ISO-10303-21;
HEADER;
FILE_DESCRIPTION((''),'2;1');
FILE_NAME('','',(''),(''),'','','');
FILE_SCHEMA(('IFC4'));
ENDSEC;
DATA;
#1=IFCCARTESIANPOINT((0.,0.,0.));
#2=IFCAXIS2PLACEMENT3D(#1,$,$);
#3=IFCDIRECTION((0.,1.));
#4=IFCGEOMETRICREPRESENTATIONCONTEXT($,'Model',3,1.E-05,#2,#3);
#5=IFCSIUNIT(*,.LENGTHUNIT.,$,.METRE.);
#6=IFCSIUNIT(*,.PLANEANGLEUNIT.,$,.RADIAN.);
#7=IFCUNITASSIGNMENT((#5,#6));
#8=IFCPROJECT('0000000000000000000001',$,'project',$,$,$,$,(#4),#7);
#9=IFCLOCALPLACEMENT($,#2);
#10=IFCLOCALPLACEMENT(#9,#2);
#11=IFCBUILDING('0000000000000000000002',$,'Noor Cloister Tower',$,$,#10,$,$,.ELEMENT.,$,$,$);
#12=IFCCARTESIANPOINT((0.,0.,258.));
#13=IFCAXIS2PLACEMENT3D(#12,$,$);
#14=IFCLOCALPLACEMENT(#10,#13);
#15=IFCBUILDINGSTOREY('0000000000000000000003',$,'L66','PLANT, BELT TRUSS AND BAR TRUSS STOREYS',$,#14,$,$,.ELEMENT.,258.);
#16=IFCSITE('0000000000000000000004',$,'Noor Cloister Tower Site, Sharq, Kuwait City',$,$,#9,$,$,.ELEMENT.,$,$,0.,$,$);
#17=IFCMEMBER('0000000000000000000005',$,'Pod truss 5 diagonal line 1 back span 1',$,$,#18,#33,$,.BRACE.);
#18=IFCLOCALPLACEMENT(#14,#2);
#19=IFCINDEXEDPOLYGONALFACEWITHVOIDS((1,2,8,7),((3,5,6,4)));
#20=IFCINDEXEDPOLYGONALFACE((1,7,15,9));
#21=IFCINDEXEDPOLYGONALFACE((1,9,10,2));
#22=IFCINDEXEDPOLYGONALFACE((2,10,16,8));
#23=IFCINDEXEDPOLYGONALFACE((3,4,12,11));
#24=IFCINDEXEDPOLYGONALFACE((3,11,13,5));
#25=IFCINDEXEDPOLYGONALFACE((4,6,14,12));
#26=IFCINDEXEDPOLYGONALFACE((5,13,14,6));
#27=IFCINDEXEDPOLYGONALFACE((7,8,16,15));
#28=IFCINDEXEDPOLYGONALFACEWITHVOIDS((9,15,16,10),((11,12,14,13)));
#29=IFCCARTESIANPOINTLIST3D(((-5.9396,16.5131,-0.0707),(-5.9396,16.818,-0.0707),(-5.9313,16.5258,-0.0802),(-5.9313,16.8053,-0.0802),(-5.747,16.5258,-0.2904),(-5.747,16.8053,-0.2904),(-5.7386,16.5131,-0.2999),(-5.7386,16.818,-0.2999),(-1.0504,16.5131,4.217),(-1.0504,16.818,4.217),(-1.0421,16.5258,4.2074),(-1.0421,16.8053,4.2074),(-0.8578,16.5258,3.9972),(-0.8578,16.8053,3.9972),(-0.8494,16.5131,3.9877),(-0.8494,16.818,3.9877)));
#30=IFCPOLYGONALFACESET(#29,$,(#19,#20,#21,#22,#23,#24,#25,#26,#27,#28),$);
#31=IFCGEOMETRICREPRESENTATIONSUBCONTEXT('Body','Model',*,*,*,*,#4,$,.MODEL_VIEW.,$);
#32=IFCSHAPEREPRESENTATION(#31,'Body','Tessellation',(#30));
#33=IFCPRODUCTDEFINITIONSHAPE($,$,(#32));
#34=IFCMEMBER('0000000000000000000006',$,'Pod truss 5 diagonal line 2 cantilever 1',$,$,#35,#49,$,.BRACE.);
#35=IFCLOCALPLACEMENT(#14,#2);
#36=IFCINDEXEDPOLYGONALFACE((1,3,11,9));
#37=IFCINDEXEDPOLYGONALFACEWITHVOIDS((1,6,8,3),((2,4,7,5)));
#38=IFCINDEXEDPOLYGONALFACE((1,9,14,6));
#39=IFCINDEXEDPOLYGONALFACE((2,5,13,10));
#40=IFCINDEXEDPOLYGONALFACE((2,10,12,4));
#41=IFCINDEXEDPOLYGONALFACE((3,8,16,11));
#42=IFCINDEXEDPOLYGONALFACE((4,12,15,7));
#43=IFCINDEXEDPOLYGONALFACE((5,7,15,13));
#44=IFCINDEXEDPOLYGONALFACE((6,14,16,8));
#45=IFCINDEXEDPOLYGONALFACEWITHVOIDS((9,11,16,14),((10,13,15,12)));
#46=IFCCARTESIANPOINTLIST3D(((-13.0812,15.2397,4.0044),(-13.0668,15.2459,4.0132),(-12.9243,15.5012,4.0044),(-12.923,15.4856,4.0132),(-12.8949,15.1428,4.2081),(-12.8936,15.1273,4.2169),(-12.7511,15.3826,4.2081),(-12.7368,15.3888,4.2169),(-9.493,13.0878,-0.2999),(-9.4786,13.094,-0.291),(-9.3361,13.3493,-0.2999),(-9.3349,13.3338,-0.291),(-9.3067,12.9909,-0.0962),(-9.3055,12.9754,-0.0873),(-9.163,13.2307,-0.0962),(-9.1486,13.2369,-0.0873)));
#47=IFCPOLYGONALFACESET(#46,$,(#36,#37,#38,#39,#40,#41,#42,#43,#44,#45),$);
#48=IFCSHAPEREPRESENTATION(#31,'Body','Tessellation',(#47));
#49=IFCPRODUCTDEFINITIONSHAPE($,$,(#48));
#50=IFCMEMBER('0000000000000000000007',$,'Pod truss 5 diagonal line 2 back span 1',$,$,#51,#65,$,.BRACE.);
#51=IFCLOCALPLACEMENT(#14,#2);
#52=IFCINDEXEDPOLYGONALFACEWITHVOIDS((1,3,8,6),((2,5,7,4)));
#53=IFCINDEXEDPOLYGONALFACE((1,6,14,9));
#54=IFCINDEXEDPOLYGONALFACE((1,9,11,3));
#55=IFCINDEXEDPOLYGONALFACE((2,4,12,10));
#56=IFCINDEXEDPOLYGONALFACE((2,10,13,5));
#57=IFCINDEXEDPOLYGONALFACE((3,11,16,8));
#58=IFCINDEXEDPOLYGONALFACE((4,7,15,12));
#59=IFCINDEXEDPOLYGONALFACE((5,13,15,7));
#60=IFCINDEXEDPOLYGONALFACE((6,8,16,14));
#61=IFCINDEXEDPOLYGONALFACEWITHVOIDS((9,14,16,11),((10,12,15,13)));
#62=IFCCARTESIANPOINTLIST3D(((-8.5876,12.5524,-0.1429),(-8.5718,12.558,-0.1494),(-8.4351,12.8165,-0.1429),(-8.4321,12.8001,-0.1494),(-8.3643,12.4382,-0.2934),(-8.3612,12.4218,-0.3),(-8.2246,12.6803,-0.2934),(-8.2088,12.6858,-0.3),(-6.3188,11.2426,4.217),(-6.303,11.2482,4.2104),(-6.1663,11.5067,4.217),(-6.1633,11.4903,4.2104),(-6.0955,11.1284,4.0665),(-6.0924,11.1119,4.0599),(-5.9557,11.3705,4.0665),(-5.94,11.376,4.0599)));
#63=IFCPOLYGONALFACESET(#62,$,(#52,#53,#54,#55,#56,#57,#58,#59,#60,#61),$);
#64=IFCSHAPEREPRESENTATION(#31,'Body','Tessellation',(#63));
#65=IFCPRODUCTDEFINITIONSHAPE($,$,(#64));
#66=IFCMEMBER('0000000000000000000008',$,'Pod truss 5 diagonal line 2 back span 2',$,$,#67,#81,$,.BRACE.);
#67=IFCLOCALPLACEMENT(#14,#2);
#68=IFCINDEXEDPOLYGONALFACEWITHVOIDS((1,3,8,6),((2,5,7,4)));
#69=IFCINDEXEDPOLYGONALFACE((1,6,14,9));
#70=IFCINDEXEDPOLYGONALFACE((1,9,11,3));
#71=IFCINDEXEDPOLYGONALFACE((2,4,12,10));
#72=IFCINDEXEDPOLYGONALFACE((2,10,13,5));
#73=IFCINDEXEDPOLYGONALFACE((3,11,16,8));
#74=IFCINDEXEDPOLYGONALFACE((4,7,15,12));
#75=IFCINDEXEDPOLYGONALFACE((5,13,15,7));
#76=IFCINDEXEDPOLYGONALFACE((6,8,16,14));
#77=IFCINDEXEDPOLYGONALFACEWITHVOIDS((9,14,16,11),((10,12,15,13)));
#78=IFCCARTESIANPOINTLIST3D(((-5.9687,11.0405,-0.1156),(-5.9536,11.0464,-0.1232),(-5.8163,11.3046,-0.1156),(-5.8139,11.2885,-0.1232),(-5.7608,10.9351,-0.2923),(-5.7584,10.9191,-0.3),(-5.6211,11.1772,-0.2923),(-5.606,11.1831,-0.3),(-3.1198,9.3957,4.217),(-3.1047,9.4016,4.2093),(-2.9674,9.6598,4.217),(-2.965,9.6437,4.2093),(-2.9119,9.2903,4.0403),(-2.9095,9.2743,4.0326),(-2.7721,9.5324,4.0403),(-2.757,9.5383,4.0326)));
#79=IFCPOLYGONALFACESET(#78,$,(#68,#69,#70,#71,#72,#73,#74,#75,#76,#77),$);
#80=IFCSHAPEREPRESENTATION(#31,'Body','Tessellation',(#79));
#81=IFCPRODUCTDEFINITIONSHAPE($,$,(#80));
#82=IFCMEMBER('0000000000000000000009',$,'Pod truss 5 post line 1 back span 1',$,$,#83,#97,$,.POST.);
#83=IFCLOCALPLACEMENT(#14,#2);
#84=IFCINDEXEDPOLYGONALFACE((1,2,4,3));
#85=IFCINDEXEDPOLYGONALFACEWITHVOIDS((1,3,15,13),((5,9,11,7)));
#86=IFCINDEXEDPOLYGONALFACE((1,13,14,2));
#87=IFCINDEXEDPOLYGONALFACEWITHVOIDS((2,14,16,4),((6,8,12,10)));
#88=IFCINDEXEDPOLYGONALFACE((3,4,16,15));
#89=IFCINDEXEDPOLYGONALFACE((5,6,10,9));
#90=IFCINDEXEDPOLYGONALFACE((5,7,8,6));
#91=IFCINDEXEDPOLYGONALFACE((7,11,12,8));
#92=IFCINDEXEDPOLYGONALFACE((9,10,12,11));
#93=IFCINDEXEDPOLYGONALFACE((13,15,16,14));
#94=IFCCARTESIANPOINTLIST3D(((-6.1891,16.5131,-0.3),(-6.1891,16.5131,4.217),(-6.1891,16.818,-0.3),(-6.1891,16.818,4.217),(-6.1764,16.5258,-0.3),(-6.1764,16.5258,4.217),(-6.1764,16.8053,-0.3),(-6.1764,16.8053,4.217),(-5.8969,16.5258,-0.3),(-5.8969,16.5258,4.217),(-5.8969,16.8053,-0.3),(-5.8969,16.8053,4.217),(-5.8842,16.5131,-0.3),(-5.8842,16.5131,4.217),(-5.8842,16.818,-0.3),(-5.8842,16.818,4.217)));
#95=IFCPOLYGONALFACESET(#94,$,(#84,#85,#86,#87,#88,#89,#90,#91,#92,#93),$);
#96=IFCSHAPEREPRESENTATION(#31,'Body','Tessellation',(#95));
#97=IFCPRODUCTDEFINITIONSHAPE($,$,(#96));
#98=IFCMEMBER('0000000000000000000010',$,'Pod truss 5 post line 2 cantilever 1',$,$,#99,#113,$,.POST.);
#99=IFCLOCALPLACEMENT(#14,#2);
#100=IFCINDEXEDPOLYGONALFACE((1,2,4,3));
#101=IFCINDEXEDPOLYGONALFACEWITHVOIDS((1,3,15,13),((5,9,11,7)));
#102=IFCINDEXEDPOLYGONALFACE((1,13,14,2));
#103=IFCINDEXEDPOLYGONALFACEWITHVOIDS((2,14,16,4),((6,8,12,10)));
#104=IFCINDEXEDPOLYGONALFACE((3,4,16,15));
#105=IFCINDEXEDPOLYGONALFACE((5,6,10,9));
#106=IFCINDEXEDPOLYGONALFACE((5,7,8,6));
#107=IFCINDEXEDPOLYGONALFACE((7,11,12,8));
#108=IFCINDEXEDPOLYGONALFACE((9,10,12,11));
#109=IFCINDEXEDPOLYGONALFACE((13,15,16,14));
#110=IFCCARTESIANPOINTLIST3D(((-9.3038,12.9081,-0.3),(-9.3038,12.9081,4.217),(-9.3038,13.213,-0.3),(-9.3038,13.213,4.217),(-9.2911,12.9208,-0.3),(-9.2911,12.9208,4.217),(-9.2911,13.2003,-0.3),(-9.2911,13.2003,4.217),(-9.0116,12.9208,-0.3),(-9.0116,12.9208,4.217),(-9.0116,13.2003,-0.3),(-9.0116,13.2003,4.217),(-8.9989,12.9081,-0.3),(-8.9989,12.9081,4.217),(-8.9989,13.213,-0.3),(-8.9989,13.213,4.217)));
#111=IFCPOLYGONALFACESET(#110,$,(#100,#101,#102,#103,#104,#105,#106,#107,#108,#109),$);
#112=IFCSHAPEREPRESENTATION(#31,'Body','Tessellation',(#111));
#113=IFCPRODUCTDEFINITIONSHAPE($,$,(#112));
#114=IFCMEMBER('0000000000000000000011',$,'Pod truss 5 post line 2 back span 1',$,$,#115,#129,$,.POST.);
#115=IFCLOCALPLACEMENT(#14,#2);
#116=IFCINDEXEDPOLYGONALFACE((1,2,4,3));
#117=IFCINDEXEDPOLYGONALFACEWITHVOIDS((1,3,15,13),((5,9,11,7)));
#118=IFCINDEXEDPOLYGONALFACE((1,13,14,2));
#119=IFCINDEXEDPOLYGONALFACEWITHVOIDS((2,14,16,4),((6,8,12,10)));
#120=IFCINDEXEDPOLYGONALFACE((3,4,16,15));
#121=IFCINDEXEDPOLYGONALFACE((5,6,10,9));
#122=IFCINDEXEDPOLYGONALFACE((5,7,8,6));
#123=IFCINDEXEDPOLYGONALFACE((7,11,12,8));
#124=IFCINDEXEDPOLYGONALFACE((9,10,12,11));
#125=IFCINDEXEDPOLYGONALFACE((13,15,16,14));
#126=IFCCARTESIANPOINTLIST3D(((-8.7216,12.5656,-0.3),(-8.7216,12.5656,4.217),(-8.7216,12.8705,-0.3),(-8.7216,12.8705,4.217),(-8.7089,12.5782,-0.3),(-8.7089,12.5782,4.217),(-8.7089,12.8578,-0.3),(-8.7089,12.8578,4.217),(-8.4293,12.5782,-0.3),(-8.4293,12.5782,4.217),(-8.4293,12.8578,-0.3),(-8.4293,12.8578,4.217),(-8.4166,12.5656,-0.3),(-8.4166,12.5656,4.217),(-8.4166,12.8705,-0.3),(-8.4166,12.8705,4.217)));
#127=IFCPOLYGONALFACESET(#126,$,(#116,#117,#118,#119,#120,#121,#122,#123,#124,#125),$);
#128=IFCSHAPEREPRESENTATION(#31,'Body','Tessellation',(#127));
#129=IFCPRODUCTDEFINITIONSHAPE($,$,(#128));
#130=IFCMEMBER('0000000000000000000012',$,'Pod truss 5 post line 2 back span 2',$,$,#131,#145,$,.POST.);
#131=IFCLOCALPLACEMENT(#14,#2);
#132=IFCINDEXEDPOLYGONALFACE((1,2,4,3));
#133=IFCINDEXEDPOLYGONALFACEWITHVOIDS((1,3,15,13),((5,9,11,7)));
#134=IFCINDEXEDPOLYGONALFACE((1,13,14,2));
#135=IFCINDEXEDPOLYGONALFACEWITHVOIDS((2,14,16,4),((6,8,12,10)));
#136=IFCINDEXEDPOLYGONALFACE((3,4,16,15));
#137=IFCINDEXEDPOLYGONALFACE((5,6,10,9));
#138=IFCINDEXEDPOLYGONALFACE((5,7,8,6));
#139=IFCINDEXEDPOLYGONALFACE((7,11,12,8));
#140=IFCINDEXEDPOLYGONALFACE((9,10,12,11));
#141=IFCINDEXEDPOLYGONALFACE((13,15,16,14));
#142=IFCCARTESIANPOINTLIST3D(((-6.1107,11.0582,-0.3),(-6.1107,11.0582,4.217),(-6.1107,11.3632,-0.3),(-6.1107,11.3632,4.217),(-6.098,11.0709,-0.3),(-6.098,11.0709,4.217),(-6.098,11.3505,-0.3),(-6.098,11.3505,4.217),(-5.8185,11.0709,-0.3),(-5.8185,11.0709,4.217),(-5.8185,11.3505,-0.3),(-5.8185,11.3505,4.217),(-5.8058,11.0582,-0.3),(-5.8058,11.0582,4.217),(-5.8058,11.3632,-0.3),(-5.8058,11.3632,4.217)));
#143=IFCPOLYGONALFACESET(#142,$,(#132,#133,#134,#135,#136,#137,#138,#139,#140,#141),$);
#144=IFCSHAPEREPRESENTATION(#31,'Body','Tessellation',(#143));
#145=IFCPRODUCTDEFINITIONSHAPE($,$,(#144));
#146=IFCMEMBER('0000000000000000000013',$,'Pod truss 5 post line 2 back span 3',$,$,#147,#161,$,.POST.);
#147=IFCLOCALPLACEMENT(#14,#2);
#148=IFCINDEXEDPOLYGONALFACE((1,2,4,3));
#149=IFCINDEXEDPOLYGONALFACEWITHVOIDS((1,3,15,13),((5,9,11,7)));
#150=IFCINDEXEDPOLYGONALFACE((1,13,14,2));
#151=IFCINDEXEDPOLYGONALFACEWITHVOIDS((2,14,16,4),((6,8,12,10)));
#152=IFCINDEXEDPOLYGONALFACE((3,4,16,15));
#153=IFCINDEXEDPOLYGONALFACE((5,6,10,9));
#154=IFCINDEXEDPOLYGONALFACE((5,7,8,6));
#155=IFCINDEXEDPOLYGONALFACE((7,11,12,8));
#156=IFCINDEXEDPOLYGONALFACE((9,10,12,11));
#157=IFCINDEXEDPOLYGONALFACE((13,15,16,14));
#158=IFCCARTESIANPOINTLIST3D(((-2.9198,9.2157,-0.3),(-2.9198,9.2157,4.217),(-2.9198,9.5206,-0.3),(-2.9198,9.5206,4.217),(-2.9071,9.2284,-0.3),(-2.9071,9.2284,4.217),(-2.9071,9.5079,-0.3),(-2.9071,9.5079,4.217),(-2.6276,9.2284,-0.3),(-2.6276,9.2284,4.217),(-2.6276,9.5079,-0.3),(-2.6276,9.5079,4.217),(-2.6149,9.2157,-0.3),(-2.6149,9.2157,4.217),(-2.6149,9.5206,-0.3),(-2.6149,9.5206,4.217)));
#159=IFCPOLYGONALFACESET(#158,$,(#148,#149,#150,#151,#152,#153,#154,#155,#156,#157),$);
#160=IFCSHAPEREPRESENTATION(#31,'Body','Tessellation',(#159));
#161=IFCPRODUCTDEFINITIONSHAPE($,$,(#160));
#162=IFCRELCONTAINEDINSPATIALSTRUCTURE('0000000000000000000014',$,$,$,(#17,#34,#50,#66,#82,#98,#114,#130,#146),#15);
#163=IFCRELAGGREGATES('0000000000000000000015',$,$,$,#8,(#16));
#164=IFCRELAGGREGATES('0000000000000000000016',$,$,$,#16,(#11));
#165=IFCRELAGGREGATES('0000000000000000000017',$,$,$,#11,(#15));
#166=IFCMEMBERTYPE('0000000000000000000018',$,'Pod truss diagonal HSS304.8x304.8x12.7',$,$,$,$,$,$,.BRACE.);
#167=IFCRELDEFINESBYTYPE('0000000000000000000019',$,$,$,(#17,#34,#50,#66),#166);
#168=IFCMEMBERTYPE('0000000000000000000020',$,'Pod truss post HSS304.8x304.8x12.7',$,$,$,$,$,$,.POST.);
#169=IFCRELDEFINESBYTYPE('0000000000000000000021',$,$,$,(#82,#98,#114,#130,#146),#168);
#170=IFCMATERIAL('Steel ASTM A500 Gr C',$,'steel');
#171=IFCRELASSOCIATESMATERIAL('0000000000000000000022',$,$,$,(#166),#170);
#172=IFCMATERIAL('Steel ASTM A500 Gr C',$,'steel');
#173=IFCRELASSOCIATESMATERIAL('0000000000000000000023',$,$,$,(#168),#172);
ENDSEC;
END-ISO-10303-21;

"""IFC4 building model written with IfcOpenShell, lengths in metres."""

from ifc_helpers import new_model, si_unit, direction, frame, origin, origin_2d, place, context, subcontext, project, spatial, hollow_rectangle, extrude, material, material_profile, profile_set, type_object, element, save


model = new_model("IFC4")

# Units and contexts
model_context = context("Model", 3, precision=1e-05, world=origin(), true_north=direction((0.0, 1.0)))
body_context = subcontext(model_context, "Body", "Model", "MODEL_VIEW")
ifc_project = project(units=[si_unit("LENGTHUNIT", "METRE"), si_unit("PLANEANGLEUNIT", "RADIAN")], contexts=[model_context])

# Site, building, storey
site_placement = place(None, origin())
site = spatial("IfcSite", under=ifc_project, at=site_placement, Name="Noor Cloister Tower Site, Sharq, Kuwait City", CompositionType="ELEMENT", RefElevation=0.0)
building_placement = place(site_placement, origin())
building = spatial("IfcBuilding", under=site, at=building_placement, Name="Noor Cloister Tower", CompositionType="ELEMENT")
storey_placement = place(building_placement, frame((0.0, 0.0, 258.0)))
storey = spatial("IfcBuildingStorey", under=building, at=storey_placement, Name="L66", Description="PLANT, BELT TRUSS AND BAR TRUSS STOREYS", CompositionType="ELEMENT", Elevation=258.0)

# Members
ifc_material_1 = material(Name="Steel ASTM A500 Gr C", Category="steel")
ifc_material_profile_1 = material_profile(ifc_material_1, hollow_rectangle(XDim=0.3049, YDim=0.3049, WallThickness=0.0127, at=origin_2d()), Name="HSS304.8x304.8x12.7")
ifc_profile_set_1 = profile_set([ifc_material_profile_1], Name="Steel ASTM A500 Gr C")
member_type_1 = type_object("IfcMemberType", Name="Pod truss diagonal HSS304.8x304.8x12.7", PredefinedType="BRACE", material=ifc_profile_set_1)
member_1_placement = place(storey_placement, frame((-5.8391, 16.6655, -0.1853), z_axis=(0.751846, 0.0, 0.659339), x_axis=(0.0, 1.0, 0.0)))
element("IfcMember", 1, at=member_1_placement, inside=storey, type_object=member_type_1, Name="Pod truss 5 diagonal line 1 back span 1", PredefinedType="BRACE", context=body_context, shape_type="SweptSolid", body=[
    extrude(hollow_rectangle(XDim=0.3049, YDim=0.3049, WallThickness=0.0127, at=origin_2d()), origin(), (0.0, 0.0, 1.0), 6.5029),
])
member_2_placement = place(storey_placement, frame((-9.3208, 13.1624, -0.1936), z_axis=(-0.597762, 0.358487, 0.717055), x_axis=(-0.514316, -0.857601, 0.0)))
element("IfcMember", 2, at=member_2_placement, inside=storey, type_object=member_type_1, Name="Pod truss 5 diagonal line 2 cantilever 1", PredefinedType="BRACE", context=body_context, shape_type="SweptSolid", body=[
    extrude(hollow_rectangle(XDim=0.3049, YDim=0.3049, WallThickness=0.0127, at=origin_2d()), origin(), (0.0, 0.0, 1.0), 6.0027),
])
member_3_placement = place(storey_placement, frame((-8.3982, 12.6191, -0.2214), z_axis=(0.446052, -0.257513, 0.857161), x_axis=(0.499978, 0.866038, 0.0)))
element("IfcMember", 3, at=member_3_placement, inside=storey, type_object=member_type_1, Name="Pod truss 5 diagonal line 2 back span 1", PredefinedType="BRACE", context=body_context, shape_type="SweptSolid", body=[
    extrude(hollow_rectangle(XDim=0.3049, YDim=0.3049, WallThickness=0.0127, at=origin_2d()), origin(), (0.0, 0.0, 1.0), 5.0864),
])
member_4_placement = place(storey_placement, frame((-5.7874, 11.1118, -0.2078), z_axis=(0.523704, -0.302356, 0.796439), x_axis=(0.499994, 0.866029, 0.0)))
element("IfcMember", 4, at=member_4_placement, inside=storey, type_object=member_type_1, Name="Pod truss 5 diagonal line 2 back span 2", PredefinedType="BRACE", context=body_context, shape_type="SweptSolid", body=[
    extrude(hollow_rectangle(XDim=0.3049, YDim=0.3049, WallThickness=0.0127, at=origin_2d()), origin(), (0.0, 0.0, 1.0), 5.4399),
])
ifc_material_2 = material(Name="Steel ASTM A500 Gr C", Category="steel")
ifc_material_profile_2 = material_profile(ifc_material_2, hollow_rectangle(XDim=0.3049, YDim=0.3049, WallThickness=0.0127, at=origin_2d()), Name="HSS304.8x304.8x12.7")
ifc_profile_set_2 = profile_set([ifc_material_profile_2], Name="Steel ASTM A500 Gr C")
member_type_2 = type_object("IfcMemberType", Name="Pod truss post HSS304.8x304.8x12.7", PredefinedType="POST", material=ifc_profile_set_2)
for number, where, z_axis, x_axis, name in (
    (5, (-6.0366, 16.6655, -0.3), (0.0, 0.0, 1.0), (1.0, 0.0, 0.0), "Pod truss 5 post line 1 back span 1"),
    (6, (-9.1514, 13.0605, -0.3), (0.0, 0.0, 1.0), (1.0, 0.0, 0.0), "Pod truss 5 post line 2 cantilever 1"),
    (7, (-8.5691, 12.718, -0.3), (0.0, 0.0, 1.0), (1.0, 0.0, 0.0), "Pod truss 5 post line 2 back span 1"),
    (8, (-5.9583, 11.2107, -0.3), (0.0, 0.0, 1.0), (1.0, 0.0, 0.0), "Pod truss 5 post line 2 back span 2"),
    (9, (-2.7673, 9.3682, -0.3), (0.0, 0.0, 1.0), (1.0, 0.0, 0.0), "Pod truss 5 post line 2 back span 3"),
):
    element("IfcMember", number, at=place(storey_placement, frame(where, z_axis=z_axis, x_axis=x_axis)), inside=storey, type_object=member_type_2, Name=name, PredefinedType="POST", context=body_context, shape_type="SweptSolid", body=[
        extrude(hollow_rectangle(XDim=0.3049, YDim=0.3049, WallThickness=0.0127, at=origin_2d()), origin(), (0.0, 0.0, 1.0), 4.5171),
    ])

save(model, "model.ifc")
